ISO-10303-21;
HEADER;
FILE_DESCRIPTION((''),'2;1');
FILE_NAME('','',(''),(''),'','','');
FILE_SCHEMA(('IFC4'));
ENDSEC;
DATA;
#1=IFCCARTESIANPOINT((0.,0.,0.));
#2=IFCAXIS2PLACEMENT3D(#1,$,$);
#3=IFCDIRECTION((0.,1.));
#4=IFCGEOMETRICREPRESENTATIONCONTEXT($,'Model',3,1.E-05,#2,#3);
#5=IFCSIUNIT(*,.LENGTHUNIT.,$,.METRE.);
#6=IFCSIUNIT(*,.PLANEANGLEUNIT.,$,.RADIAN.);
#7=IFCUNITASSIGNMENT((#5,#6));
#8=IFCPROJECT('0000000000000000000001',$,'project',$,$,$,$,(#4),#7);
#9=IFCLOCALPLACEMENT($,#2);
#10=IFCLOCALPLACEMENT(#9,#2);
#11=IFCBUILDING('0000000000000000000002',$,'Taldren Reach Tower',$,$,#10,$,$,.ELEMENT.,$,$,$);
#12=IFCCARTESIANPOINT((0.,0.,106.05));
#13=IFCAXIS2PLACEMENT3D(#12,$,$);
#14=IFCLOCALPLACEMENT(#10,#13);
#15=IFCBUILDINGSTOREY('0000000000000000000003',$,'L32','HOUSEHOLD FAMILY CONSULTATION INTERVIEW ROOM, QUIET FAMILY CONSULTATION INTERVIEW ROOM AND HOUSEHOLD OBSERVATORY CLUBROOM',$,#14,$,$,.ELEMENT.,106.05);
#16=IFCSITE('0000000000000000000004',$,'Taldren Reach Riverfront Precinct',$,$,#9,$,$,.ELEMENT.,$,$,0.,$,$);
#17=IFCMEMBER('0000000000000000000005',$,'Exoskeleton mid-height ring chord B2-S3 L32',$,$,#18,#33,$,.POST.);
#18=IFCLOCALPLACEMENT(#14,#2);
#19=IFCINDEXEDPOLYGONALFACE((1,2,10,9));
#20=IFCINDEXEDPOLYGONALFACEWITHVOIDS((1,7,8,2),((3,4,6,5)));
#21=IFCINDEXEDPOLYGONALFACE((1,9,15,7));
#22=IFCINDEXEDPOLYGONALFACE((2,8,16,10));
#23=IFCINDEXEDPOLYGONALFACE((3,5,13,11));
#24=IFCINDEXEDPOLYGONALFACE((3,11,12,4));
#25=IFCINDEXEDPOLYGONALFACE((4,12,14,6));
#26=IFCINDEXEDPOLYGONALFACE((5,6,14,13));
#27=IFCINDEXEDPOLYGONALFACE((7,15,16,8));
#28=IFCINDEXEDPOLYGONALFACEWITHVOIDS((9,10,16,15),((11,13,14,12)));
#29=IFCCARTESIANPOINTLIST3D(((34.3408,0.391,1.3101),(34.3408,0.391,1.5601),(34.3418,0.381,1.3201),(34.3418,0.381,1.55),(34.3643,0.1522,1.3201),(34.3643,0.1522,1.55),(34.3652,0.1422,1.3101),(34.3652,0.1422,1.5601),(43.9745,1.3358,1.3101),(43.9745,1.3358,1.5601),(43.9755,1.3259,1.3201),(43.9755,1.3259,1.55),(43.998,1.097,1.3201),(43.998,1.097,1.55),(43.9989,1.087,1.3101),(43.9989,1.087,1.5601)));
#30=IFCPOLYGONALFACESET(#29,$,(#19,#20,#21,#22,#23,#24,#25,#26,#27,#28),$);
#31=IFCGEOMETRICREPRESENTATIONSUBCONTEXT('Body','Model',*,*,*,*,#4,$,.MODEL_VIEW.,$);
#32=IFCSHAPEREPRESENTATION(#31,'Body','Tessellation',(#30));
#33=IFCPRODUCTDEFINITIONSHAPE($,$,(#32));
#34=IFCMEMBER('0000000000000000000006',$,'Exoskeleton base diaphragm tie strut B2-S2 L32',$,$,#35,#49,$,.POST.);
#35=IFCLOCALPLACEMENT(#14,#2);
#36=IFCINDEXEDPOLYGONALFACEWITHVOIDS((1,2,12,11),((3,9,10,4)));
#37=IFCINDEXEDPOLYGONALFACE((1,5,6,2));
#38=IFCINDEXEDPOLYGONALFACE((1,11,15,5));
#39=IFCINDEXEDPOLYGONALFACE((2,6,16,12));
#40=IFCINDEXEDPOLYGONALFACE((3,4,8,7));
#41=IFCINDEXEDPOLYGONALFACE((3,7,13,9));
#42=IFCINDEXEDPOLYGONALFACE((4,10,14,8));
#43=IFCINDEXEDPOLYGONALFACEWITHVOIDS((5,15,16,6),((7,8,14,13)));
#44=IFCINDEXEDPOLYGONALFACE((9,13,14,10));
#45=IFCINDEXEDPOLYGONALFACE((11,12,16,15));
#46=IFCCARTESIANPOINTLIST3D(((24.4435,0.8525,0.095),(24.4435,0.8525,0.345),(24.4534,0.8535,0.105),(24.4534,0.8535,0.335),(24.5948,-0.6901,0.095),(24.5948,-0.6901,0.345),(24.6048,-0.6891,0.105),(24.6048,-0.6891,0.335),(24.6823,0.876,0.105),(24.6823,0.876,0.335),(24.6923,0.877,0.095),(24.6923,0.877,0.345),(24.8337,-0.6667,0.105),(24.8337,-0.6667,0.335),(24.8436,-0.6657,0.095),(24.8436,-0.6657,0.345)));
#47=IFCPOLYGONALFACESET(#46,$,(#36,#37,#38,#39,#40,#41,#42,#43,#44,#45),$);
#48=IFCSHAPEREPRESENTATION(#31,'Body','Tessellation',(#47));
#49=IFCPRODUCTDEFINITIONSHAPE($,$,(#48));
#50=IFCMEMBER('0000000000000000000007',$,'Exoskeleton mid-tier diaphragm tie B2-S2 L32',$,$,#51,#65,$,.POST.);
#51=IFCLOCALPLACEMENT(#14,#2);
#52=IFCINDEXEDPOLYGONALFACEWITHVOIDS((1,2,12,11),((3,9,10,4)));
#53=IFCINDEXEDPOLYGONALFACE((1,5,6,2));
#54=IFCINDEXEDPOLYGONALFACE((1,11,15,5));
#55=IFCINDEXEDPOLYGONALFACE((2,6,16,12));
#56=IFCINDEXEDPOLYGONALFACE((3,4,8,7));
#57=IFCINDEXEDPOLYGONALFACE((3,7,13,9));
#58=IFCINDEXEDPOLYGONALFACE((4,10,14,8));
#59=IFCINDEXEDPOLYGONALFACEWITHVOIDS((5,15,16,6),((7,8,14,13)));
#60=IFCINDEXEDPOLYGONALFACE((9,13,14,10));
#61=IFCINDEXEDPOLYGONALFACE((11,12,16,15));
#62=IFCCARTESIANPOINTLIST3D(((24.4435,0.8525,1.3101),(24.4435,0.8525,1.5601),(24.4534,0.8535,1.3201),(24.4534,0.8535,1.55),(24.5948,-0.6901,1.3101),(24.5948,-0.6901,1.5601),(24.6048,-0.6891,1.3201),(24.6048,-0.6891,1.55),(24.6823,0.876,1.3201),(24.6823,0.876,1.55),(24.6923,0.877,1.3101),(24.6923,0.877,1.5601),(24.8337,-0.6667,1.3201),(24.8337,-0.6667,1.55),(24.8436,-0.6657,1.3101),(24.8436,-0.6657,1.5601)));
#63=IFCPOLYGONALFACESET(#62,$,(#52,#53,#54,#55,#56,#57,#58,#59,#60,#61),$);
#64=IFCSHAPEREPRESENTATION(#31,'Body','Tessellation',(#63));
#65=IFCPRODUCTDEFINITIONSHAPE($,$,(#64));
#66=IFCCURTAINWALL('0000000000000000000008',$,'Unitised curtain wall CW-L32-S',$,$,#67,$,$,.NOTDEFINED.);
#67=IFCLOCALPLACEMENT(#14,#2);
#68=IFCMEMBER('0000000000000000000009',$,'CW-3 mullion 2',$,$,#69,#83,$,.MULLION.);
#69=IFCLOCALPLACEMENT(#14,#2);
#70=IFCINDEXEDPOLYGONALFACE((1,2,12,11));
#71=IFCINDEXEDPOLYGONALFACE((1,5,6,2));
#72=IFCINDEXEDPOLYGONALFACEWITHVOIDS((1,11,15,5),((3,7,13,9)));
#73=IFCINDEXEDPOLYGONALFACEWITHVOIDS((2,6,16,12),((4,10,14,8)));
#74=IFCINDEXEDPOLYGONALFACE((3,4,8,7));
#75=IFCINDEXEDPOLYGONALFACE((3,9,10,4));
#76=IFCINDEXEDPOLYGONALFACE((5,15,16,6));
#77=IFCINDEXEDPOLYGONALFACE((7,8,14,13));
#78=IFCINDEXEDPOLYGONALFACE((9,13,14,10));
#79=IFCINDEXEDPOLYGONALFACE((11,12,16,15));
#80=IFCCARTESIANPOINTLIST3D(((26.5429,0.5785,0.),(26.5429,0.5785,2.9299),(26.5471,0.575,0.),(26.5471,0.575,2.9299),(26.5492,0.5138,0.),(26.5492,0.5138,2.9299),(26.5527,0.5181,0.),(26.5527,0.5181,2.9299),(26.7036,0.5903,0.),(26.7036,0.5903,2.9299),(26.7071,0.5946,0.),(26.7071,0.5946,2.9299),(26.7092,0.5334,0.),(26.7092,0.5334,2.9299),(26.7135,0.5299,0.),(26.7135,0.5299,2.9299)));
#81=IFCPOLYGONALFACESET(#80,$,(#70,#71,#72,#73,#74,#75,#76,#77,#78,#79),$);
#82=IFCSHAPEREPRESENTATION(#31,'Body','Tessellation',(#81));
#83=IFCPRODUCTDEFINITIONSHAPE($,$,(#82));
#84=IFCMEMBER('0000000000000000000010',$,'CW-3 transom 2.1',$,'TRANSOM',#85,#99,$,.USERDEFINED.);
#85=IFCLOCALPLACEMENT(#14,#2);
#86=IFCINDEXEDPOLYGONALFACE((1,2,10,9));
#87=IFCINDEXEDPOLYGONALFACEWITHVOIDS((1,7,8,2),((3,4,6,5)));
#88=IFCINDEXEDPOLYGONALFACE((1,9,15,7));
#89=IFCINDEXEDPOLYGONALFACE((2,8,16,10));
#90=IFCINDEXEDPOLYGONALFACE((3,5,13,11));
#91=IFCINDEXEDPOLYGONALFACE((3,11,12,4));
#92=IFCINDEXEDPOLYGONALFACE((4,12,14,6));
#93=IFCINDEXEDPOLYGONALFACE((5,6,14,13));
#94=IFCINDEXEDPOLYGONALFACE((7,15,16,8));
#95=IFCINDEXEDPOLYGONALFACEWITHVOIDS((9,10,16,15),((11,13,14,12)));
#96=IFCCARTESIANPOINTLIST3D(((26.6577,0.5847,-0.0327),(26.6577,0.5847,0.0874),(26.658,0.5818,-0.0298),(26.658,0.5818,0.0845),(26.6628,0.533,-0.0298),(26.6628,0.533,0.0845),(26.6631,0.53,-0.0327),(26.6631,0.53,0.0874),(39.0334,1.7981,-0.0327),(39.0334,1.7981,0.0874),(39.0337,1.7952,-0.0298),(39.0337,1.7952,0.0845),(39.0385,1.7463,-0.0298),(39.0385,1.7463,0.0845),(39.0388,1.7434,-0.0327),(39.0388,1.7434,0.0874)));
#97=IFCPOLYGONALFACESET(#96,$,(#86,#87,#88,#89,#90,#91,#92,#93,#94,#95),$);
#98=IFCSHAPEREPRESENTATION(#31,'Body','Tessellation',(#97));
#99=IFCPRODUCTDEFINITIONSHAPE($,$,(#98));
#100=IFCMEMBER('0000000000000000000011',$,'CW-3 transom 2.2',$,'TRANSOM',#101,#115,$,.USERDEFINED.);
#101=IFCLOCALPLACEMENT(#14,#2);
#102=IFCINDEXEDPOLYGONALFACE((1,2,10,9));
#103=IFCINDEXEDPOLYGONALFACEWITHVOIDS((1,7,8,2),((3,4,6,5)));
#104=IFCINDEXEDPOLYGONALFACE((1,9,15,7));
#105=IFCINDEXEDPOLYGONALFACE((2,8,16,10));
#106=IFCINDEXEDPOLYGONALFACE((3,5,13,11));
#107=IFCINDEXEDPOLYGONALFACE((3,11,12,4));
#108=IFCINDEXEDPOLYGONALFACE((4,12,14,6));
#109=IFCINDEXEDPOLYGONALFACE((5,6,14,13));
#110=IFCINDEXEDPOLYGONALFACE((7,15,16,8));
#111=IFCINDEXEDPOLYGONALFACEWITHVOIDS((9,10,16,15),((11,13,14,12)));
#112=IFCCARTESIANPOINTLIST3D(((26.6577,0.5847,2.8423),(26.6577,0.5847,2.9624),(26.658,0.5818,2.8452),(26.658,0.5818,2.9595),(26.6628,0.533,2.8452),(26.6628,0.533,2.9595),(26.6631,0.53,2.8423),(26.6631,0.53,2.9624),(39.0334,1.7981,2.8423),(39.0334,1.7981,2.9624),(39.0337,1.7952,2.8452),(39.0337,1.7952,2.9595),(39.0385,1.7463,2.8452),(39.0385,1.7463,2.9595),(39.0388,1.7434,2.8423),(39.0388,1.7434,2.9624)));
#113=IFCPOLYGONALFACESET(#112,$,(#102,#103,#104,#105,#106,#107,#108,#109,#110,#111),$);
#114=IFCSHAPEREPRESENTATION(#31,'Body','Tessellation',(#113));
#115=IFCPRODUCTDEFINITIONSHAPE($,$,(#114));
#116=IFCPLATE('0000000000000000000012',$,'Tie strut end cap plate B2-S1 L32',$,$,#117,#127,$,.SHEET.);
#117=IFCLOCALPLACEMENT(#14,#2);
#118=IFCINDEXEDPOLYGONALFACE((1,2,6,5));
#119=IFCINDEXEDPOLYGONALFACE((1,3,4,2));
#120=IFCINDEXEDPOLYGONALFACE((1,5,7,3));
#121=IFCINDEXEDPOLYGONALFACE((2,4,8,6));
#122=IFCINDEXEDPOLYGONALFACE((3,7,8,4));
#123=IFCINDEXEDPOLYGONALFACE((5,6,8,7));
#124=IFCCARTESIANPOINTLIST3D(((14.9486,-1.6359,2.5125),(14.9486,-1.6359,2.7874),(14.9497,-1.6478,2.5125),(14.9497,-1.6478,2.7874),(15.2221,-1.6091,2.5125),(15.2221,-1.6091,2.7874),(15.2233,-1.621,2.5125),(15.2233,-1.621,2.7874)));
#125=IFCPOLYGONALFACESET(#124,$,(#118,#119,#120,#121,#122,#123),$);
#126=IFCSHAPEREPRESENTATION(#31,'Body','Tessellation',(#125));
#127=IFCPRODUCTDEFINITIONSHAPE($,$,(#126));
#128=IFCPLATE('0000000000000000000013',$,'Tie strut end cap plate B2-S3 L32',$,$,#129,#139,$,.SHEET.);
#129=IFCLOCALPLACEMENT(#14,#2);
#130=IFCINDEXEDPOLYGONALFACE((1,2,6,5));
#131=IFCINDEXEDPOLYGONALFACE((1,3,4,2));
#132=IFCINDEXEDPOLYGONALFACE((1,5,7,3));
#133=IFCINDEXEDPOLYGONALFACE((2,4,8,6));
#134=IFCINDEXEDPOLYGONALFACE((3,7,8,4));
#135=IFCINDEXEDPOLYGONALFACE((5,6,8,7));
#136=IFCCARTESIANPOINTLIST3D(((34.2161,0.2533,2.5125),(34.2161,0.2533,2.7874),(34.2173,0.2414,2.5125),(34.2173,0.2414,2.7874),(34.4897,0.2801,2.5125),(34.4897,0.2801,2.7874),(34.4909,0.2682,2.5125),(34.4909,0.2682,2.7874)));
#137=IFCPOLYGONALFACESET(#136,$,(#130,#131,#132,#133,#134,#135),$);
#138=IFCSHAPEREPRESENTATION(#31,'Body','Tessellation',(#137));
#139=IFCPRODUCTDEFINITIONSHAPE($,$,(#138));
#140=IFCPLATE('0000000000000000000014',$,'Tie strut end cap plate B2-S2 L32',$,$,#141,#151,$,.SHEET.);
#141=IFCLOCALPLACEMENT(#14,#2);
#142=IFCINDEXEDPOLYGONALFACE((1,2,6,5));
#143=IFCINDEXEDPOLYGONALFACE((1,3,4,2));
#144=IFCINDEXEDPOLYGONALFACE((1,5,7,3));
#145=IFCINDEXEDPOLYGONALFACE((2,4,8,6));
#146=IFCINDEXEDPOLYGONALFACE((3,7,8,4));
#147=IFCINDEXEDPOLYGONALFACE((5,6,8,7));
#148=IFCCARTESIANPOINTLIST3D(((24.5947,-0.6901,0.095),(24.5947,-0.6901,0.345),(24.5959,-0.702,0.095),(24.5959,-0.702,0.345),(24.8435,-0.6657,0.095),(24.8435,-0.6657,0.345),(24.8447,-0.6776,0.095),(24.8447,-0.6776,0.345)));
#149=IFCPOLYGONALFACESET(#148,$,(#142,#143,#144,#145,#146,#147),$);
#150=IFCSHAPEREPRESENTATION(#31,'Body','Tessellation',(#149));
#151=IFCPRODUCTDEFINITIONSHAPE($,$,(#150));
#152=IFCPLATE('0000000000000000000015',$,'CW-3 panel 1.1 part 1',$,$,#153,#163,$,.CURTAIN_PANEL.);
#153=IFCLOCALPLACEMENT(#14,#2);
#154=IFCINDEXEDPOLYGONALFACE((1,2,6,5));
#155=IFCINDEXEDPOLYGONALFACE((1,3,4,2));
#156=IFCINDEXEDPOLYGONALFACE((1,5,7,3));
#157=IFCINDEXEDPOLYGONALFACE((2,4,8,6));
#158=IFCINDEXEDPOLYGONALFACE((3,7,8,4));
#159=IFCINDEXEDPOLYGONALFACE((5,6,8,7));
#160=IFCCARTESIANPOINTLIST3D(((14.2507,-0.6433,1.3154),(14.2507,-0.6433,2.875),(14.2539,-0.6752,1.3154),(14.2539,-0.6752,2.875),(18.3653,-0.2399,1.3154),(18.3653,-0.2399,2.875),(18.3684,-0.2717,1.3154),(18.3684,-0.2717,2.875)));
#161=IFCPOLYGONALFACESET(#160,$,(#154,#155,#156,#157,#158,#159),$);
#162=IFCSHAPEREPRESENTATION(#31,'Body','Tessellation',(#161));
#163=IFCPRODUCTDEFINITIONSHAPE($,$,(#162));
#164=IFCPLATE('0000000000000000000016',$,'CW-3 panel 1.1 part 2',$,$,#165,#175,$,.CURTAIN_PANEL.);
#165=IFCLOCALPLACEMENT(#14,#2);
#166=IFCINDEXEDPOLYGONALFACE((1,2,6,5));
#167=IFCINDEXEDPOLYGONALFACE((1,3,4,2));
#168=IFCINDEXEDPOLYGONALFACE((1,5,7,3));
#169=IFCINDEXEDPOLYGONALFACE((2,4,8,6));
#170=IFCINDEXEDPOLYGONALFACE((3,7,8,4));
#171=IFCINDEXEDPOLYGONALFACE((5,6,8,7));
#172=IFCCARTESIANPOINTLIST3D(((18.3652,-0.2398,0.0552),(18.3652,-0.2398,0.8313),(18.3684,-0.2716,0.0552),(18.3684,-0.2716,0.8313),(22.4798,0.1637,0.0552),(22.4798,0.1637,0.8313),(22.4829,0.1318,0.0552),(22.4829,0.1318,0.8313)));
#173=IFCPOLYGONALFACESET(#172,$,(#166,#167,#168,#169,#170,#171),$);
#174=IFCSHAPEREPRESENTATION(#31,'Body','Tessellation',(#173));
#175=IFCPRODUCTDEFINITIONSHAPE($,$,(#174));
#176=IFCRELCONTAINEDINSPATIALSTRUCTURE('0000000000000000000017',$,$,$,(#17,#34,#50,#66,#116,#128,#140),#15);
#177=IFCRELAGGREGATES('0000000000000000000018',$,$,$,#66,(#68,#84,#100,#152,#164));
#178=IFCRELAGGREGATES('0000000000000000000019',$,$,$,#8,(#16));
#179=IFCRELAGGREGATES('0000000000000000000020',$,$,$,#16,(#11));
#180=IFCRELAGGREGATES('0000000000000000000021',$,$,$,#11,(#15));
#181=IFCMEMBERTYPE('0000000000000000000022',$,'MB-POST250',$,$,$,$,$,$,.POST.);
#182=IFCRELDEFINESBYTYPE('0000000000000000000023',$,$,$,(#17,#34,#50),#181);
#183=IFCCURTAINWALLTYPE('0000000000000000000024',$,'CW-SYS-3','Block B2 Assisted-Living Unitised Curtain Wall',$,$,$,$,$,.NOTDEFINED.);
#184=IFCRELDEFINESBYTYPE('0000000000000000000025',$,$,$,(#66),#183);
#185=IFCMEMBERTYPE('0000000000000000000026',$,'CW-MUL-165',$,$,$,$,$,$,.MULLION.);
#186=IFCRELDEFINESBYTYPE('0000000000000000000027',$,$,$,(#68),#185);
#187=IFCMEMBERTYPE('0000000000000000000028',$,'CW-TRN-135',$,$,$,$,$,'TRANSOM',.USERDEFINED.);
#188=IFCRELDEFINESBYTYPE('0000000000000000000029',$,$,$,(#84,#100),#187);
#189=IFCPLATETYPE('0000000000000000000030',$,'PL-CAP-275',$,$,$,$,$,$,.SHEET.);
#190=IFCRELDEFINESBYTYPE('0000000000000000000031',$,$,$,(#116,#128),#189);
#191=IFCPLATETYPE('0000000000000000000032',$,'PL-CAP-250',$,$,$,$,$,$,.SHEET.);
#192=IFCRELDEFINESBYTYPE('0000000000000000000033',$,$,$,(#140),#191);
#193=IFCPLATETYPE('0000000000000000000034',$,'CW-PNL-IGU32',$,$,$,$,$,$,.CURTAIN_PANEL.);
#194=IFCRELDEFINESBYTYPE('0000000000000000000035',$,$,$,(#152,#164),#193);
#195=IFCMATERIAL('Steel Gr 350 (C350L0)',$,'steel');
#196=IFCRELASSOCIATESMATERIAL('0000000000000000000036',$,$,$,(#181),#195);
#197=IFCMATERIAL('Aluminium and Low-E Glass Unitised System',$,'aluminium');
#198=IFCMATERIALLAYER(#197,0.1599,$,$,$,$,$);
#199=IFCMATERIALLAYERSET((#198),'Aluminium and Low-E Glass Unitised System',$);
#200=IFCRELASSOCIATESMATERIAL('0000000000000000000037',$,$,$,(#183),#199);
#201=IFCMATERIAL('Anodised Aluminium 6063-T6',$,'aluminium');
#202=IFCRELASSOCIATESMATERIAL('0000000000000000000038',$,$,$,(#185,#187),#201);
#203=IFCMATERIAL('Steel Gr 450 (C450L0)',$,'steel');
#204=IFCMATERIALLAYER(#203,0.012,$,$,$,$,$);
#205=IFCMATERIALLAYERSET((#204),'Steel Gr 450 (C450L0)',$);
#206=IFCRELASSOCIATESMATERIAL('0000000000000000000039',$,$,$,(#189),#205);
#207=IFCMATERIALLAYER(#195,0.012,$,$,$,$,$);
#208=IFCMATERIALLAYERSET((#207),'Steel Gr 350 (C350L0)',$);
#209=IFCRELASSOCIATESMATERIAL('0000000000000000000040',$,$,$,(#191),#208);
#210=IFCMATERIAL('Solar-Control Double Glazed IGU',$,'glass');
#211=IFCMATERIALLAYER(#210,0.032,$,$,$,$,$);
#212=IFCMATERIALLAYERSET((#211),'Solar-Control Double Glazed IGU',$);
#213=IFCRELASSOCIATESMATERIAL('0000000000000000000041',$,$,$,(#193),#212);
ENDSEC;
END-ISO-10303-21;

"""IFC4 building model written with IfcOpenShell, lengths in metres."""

from ifc_helpers import new_model, si_unit, direction, frame, origin, origin_2d, place, context, subcontext, project, spatial, rectangle, hollow_rectangle, extrude, source, transform, mapped, material, layer, layer_set, material_profile, profile_set, type_object, element, aggregate, save


model = new_model("IFC4")

# Units and contexts
model_context = context("Model", 3, precision=1e-05, world=origin(), true_north=direction((0.0, 1.0)))
body_context = subcontext(model_context, "Body", "Model", "MODEL_VIEW")
ifc_project = project(units=[si_unit("LENGTHUNIT", "METRE"), si_unit("PLANEANGLEUNIT", "RADIAN")], contexts=[model_context])

# Site, building, storey
site_placement = place(None, origin())
site = spatial("IfcSite", under=ifc_project, at=site_placement, Name="Taldren Reach Riverfront Precinct", CompositionType="ELEMENT", RefElevation=0.0)
building_placement = place(site_placement, origin())
building = spatial("IfcBuilding", under=site, at=building_placement, Name="Taldren Reach Tower", CompositionType="ELEMENT")
storey_placement = place(building_placement, frame((0.0, 0.0, 106.05)))
storey = spatial("IfcBuildingStorey", under=building, at=storey_placement, Name="L32", Description="HOUSEHOLD FAMILY CONSULTATION INTERVIEW ROOM, QUIET FAMILY CONSULTATION INTERVIEW ROOM AND HOUSEHOLD OBSERVATORY CLUBROOM", CompositionType="ELEMENT", Elevation=106.05)

# Members
ifc_material_1 = material(Name="Steel Gr 450 (C450L0)", Category="steel")
ifc_material_2 = material(Name="Steel Gr 350 (C350L0)", Category="steel")
ifc_material_profile_1 = material_profile(ifc_material_2, hollow_rectangle(XDim=0.25, YDim=0.25, WallThickness=0.01, at=origin_2d()), Name="250x250x10.0SHS")
ifc_profile_set_1 = profile_set([ifc_material_profile_1], Name="Steel Gr 350 (C350L0)")
member_type_1 = type_object("IfcMemberType", Name="MB-POST250", PredefinedType="POST", material=ifc_profile_set_1)
shared_shape_1 = source(origin(), body_context, "Body", "SweptSolid", [
    extrude(hollow_rectangle(XDim=0.25, YDim=0.25, WallThickness=0.01, at=origin_2d()), origin(), (0.0, 0.0, 1.0), 9.6799),
])
for number, where, z_axis, x_axis, name in (
    (1, (34.353, 0.2666, 1.4351), (0.995225, 0.097606, 0.0), (-0.097606, 0.995225, 0.0), "Exoskeleton mid-height ring chord B2-S3 L32"),
):
    element("IfcMember", number, at=place(storey_placement, frame(where, z_axis=z_axis, x_axis=x_axis)), inside=storey, type_object=member_type_1, Name=name, PredefinedType="POST", context=body_context, shape_type="MappedRepresentation", body=[
        mapped(shared_shape_1, transform((0.0, 0.0, 0.0), scale=1.0)),
    ])
shared_shape_2 = source(origin(), body_context, "Body", "SweptSolid", [
    extrude(hollow_rectangle(XDim=0.25, YDim=0.25, WallThickness=0.01, at=origin_2d()), origin(), (0.0, 0.0, 1.0), 1.55),
])
for number, where, z_axis, x_axis, name in (
    (2, (24.5679, 0.8647, 0.22), (0.097648, -0.995221, 0.0), (0.995221, 0.097648, 0.0), "Exoskeleton base diaphragm tie strut B2-S2 L32"),
    (3, (24.5679, 0.8647, 1.4351), (0.097648, -0.995221, 0.0), (0.995221, 0.097648, 0.0), "Exoskeleton mid-tier diaphragm tie B2-S2 L32"),
):
    element("IfcMember", number, at=place(storey_placement, frame(where, z_axis=z_axis, x_axis=x_axis)), inside=storey, type_object=member_type_1, Name=name, PredefinedType="POST", context=body_context, shape_type="MappedRepresentation", body=[
        mapped(shared_shape_2, transform((0.0, 0.0, 0.0), scale=1.0)),
    ])

# Curtain wall, members
ifc_material_3 = material(Name="Aluminium and Low-E Glass Unitised System", Category="aluminium")
ifc_layer_1 = layer(ifc_material_3, 0.1599)
ifc_layer_set_1 = layer_set([ifc_layer_1], Name="Aluminium and Low-E Glass Unitised System")
curtain_wall_type = type_object("IfcCurtainWallType", Name="CW-SYS-3", Description="Block B2 Assisted-Living Unitised Curtain Wall", PredefinedType="NOTDEFINED", material=ifc_layer_set_1)
curtain_wall_placement = place(storey_placement, origin())
curtain_wall = element("IfcCurtainWall", 4, at=curtain_wall_placement, inside=storey, type_object=curtain_wall_type, Name="Unitised curtain wall CW-L32-S", PredefinedType="NOTDEFINED")
ifc_material_4 = material(Name="Anodised Aluminium 6063-T6", Category="aluminium")
ifc_material_profile_2 = material_profile(ifc_material_4, hollow_rectangle(XDim=0.0649, YDim=0.165, WallThickness=0.0039, at=origin_2d()), Name="ALU-165x65x4RHS")
ifc_profile_set_2 = profile_set([ifc_material_profile_2], Name="Anodised Aluminium 6063-T6")
member_type_2 = type_object("IfcMemberType", Name="CW-MUL-165", PredefinedType="MULLION", material=ifc_profile_set_2)
shared_shape_3 = source(origin(), body_context, "Body", "SweptSolid", [
    extrude(hollow_rectangle(XDim=0.0649, YDim=0.165, WallThickness=0.0039, at=origin_2d()), origin(), (0.0, 0.0, 1.0), 2.9299),
])
member_1_placement = place(storey_placement, frame((26.6282, 0.5542, 0.0), z_axis=(0.0, 0.0, 1.0), x_axis=(-0.097583, 0.995227, 0.0)))
member_1 = element("IfcMember", 5, at=member_1_placement, type_object=member_type_2, Name="CW-3 mullion 2", PredefinedType="MULLION", context=body_context, shape_type="MappedRepresentation", body=[
    mapped(shared_shape_3, transform((0.0, 0.0, 0.0), scale=1.0)),
])
ifc_material_profile_3 = material_profile(ifc_material_4, hollow_rectangle(XDim=0.0549, YDim=0.1201, WallThickness=0.0029, at=origin_2d()), Name="ALU-120x55x3RHS")
ifc_profile_set_3 = profile_set([ifc_material_profile_3], Name="Anodised Aluminium 6063-T6")
member_type_3 = type_object("IfcMemberType", Name="CW-TRN-135", ElementType="TRANSOM", PredefinedType="USERDEFINED", material=ifc_profile_set_3)
shared_shape_4 = source(origin(), body_context, "Body", "SweptSolid", [
    extrude(hollow_rectangle(XDim=0.0549, YDim=0.1201, WallThickness=0.0029, at=origin_2d()), origin(), (0.0, 0.0, 1.0), 12.4351),
])
member_2_placement = place(storey_placement, frame((26.6604, 0.5574, 0.0273), z_axis=(0.995228, 0.097577, 0.0), x_axis=(-0.097577, 0.995228, 0.0)))
member_2 = element("IfcMember", 6, at=member_2_placement, type_object=member_type_3, Name="CW-3 transom 2.1", ObjectType="TRANSOM", PredefinedType="USERDEFINED", context=body_context, shape_type="MappedRepresentation", body=[
    mapped(shared_shape_4, transform((0.0, 0.0, 0.0), scale=1.0)),
])
member_3_placement = place(storey_placement, frame((26.6604, 0.5574, 2.9023), z_axis=(0.995228, 0.097577, 0.0), x_axis=(-0.097577, 0.995228, 0.0)))
member_3 = element("IfcMember", 7, at=member_3_placement, type_object=member_type_3, Name="CW-3 transom 2.2", ObjectType="TRANSOM", PredefinedType="USERDEFINED", context=body_context, shape_type="MappedRepresentation", body=[
    mapped(shared_shape_4, transform((0.0, 0.0, 0.0), scale=1.0)),
])

# Plates
ifc_layer_2 = layer(ifc_material_1, 0.012)
ifc_layer_set_2 = layer_set([ifc_layer_2], Name="Steel Gr 450 (C450L0)")
plate_type_1 = type_object("IfcPlateType", Name="PL-CAP-275", PredefinedType="SHEET", material=ifc_layer_set_2)
shared_shape_5 = source(origin(), body_context, "Body", "SweptSolid", [
    extrude(rectangle(XDim=0.2749, YDim=0.012, at=origin_2d()), origin(), (0.0, 0.0, 1.0), 0.2749),
])
for number, where, z_axis, x_axis, name in (
    (8, (15.0859, -1.6284, 2.5125), (0.0, 0.0, 1.0), (0.995227, 0.097583, 0.0), "Tie strut end cap plate B2-S1 L32"),
    (9, (34.3535, 0.2607, 2.5125), (0.0, 0.0, 1.0), (0.995227, 0.097583, 0.0), "Tie strut end cap plate B2-S3 L32"),
):
    element("IfcPlate", number, at=place(storey_placement, frame(where, z_axis=z_axis, x_axis=x_axis)), inside=storey, type_object=plate_type_1, Name=name, PredefinedType="SHEET", context=body_context, shape_type="MappedRepresentation", body=[
        mapped(shared_shape_5, transform((0.0, 0.0, 0.0), scale=1.0)),
    ])
ifc_layer_3 = layer(ifc_material_2, 0.012)
ifc_layer_set_3 = layer_set([ifc_layer_3], Name="Steel Gr 350 (C350L0)")
plate_type_2 = type_object("IfcPlateType", Name="PL-CAP-250", PredefinedType="SHEET", material=ifc_layer_set_3)
shared_shape_6 = source(origin(), body_context, "Body", "SweptSolid", [
    extrude(rectangle(XDim=0.25, YDim=0.012, at=origin_2d()), origin(), (0.0, 0.0, 1.0), 0.25),
])
plate_1_placement = place(storey_placement, frame((24.7197, -0.6838, 0.095), z_axis=(0.0, 0.0, 1.0), x_axis=(0.995227, 0.097583, 0.0)))
element("IfcPlate", 10, at=plate_1_placement, inside=storey, type_object=plate_type_2, Name="Tie strut end cap plate B2-S2 L32", PredefinedType="SHEET", context=body_context, shape_type="MappedRepresentation", body=[
    mapped(shared_shape_6, transform((0.0, 0.0, 0.0), scale=1.0)),
])

# Plates
ifc_material_5 = material(Name="Solar-Control Double Glazed IGU", Category="glass")
ifc_layer_4 = layer(ifc_material_5, 0.032)
ifc_layer_set_4 = layer_set([ifc_layer_4], Name="Solar-Control Double Glazed IGU")
plate_type_3 = type_object("IfcPlateType", Name="CW-PNL-IGU32", PredefinedType="CURTAIN_PANEL", material=ifc_layer_set_4)
shared_shape_7 = source(origin(), body_context, "Body", "SweptSolid", [
    extrude(rectangle(XDim=4.1343, YDim=0.032, at=origin_2d()), origin(), (0.0, 0.0, 1.0), 1.5596),
])
plate_2_placement = place(storey_placement, frame((16.3096, -0.4575, 1.3154), z_axis=(0.0, 0.0, 1.0), x_axis=(0.995227, 0.097583, 0.0)))
plate_2 = element("IfcPlate", 11, at=plate_2_placement, type_object=plate_type_3, Name="CW-3 panel 1.1 part 1", PredefinedType="CURTAIN_PANEL", context=body_context, shape_type="MappedRepresentation", body=[
    mapped(shared_shape_7, transform((0.0, 0.0, 0.0), scale=1.0)),
])
shared_shape_8 = source(origin(), body_context, "Body", "SweptSolid", [
    extrude(rectangle(XDim=4.1343, YDim=0.032, at=origin_2d()), origin(), (0.0, 0.0, 1.0), 0.7761),
])
plate_3_placement = place(storey_placement, frame((20.4241, -0.054, 0.0552), z_axis=(0.0, 0.0, 1.0), x_axis=(0.995227, 0.097583, 0.0)))
plate_3 = element("IfcPlate", 12, at=plate_3_placement, type_object=plate_type_3, Name="CW-3 panel 1.1 part 2", PredefinedType="CURTAIN_PANEL", context=body_context, shape_type="MappedRepresentation", body=[
    mapped(shared_shape_8, transform((0.0, 0.0, 0.0), scale=1.0)),
])
aggregate(curtain_wall, [member_1, member_2, member_3, plate_2, plate_3])

save(model, "model.ifc")
